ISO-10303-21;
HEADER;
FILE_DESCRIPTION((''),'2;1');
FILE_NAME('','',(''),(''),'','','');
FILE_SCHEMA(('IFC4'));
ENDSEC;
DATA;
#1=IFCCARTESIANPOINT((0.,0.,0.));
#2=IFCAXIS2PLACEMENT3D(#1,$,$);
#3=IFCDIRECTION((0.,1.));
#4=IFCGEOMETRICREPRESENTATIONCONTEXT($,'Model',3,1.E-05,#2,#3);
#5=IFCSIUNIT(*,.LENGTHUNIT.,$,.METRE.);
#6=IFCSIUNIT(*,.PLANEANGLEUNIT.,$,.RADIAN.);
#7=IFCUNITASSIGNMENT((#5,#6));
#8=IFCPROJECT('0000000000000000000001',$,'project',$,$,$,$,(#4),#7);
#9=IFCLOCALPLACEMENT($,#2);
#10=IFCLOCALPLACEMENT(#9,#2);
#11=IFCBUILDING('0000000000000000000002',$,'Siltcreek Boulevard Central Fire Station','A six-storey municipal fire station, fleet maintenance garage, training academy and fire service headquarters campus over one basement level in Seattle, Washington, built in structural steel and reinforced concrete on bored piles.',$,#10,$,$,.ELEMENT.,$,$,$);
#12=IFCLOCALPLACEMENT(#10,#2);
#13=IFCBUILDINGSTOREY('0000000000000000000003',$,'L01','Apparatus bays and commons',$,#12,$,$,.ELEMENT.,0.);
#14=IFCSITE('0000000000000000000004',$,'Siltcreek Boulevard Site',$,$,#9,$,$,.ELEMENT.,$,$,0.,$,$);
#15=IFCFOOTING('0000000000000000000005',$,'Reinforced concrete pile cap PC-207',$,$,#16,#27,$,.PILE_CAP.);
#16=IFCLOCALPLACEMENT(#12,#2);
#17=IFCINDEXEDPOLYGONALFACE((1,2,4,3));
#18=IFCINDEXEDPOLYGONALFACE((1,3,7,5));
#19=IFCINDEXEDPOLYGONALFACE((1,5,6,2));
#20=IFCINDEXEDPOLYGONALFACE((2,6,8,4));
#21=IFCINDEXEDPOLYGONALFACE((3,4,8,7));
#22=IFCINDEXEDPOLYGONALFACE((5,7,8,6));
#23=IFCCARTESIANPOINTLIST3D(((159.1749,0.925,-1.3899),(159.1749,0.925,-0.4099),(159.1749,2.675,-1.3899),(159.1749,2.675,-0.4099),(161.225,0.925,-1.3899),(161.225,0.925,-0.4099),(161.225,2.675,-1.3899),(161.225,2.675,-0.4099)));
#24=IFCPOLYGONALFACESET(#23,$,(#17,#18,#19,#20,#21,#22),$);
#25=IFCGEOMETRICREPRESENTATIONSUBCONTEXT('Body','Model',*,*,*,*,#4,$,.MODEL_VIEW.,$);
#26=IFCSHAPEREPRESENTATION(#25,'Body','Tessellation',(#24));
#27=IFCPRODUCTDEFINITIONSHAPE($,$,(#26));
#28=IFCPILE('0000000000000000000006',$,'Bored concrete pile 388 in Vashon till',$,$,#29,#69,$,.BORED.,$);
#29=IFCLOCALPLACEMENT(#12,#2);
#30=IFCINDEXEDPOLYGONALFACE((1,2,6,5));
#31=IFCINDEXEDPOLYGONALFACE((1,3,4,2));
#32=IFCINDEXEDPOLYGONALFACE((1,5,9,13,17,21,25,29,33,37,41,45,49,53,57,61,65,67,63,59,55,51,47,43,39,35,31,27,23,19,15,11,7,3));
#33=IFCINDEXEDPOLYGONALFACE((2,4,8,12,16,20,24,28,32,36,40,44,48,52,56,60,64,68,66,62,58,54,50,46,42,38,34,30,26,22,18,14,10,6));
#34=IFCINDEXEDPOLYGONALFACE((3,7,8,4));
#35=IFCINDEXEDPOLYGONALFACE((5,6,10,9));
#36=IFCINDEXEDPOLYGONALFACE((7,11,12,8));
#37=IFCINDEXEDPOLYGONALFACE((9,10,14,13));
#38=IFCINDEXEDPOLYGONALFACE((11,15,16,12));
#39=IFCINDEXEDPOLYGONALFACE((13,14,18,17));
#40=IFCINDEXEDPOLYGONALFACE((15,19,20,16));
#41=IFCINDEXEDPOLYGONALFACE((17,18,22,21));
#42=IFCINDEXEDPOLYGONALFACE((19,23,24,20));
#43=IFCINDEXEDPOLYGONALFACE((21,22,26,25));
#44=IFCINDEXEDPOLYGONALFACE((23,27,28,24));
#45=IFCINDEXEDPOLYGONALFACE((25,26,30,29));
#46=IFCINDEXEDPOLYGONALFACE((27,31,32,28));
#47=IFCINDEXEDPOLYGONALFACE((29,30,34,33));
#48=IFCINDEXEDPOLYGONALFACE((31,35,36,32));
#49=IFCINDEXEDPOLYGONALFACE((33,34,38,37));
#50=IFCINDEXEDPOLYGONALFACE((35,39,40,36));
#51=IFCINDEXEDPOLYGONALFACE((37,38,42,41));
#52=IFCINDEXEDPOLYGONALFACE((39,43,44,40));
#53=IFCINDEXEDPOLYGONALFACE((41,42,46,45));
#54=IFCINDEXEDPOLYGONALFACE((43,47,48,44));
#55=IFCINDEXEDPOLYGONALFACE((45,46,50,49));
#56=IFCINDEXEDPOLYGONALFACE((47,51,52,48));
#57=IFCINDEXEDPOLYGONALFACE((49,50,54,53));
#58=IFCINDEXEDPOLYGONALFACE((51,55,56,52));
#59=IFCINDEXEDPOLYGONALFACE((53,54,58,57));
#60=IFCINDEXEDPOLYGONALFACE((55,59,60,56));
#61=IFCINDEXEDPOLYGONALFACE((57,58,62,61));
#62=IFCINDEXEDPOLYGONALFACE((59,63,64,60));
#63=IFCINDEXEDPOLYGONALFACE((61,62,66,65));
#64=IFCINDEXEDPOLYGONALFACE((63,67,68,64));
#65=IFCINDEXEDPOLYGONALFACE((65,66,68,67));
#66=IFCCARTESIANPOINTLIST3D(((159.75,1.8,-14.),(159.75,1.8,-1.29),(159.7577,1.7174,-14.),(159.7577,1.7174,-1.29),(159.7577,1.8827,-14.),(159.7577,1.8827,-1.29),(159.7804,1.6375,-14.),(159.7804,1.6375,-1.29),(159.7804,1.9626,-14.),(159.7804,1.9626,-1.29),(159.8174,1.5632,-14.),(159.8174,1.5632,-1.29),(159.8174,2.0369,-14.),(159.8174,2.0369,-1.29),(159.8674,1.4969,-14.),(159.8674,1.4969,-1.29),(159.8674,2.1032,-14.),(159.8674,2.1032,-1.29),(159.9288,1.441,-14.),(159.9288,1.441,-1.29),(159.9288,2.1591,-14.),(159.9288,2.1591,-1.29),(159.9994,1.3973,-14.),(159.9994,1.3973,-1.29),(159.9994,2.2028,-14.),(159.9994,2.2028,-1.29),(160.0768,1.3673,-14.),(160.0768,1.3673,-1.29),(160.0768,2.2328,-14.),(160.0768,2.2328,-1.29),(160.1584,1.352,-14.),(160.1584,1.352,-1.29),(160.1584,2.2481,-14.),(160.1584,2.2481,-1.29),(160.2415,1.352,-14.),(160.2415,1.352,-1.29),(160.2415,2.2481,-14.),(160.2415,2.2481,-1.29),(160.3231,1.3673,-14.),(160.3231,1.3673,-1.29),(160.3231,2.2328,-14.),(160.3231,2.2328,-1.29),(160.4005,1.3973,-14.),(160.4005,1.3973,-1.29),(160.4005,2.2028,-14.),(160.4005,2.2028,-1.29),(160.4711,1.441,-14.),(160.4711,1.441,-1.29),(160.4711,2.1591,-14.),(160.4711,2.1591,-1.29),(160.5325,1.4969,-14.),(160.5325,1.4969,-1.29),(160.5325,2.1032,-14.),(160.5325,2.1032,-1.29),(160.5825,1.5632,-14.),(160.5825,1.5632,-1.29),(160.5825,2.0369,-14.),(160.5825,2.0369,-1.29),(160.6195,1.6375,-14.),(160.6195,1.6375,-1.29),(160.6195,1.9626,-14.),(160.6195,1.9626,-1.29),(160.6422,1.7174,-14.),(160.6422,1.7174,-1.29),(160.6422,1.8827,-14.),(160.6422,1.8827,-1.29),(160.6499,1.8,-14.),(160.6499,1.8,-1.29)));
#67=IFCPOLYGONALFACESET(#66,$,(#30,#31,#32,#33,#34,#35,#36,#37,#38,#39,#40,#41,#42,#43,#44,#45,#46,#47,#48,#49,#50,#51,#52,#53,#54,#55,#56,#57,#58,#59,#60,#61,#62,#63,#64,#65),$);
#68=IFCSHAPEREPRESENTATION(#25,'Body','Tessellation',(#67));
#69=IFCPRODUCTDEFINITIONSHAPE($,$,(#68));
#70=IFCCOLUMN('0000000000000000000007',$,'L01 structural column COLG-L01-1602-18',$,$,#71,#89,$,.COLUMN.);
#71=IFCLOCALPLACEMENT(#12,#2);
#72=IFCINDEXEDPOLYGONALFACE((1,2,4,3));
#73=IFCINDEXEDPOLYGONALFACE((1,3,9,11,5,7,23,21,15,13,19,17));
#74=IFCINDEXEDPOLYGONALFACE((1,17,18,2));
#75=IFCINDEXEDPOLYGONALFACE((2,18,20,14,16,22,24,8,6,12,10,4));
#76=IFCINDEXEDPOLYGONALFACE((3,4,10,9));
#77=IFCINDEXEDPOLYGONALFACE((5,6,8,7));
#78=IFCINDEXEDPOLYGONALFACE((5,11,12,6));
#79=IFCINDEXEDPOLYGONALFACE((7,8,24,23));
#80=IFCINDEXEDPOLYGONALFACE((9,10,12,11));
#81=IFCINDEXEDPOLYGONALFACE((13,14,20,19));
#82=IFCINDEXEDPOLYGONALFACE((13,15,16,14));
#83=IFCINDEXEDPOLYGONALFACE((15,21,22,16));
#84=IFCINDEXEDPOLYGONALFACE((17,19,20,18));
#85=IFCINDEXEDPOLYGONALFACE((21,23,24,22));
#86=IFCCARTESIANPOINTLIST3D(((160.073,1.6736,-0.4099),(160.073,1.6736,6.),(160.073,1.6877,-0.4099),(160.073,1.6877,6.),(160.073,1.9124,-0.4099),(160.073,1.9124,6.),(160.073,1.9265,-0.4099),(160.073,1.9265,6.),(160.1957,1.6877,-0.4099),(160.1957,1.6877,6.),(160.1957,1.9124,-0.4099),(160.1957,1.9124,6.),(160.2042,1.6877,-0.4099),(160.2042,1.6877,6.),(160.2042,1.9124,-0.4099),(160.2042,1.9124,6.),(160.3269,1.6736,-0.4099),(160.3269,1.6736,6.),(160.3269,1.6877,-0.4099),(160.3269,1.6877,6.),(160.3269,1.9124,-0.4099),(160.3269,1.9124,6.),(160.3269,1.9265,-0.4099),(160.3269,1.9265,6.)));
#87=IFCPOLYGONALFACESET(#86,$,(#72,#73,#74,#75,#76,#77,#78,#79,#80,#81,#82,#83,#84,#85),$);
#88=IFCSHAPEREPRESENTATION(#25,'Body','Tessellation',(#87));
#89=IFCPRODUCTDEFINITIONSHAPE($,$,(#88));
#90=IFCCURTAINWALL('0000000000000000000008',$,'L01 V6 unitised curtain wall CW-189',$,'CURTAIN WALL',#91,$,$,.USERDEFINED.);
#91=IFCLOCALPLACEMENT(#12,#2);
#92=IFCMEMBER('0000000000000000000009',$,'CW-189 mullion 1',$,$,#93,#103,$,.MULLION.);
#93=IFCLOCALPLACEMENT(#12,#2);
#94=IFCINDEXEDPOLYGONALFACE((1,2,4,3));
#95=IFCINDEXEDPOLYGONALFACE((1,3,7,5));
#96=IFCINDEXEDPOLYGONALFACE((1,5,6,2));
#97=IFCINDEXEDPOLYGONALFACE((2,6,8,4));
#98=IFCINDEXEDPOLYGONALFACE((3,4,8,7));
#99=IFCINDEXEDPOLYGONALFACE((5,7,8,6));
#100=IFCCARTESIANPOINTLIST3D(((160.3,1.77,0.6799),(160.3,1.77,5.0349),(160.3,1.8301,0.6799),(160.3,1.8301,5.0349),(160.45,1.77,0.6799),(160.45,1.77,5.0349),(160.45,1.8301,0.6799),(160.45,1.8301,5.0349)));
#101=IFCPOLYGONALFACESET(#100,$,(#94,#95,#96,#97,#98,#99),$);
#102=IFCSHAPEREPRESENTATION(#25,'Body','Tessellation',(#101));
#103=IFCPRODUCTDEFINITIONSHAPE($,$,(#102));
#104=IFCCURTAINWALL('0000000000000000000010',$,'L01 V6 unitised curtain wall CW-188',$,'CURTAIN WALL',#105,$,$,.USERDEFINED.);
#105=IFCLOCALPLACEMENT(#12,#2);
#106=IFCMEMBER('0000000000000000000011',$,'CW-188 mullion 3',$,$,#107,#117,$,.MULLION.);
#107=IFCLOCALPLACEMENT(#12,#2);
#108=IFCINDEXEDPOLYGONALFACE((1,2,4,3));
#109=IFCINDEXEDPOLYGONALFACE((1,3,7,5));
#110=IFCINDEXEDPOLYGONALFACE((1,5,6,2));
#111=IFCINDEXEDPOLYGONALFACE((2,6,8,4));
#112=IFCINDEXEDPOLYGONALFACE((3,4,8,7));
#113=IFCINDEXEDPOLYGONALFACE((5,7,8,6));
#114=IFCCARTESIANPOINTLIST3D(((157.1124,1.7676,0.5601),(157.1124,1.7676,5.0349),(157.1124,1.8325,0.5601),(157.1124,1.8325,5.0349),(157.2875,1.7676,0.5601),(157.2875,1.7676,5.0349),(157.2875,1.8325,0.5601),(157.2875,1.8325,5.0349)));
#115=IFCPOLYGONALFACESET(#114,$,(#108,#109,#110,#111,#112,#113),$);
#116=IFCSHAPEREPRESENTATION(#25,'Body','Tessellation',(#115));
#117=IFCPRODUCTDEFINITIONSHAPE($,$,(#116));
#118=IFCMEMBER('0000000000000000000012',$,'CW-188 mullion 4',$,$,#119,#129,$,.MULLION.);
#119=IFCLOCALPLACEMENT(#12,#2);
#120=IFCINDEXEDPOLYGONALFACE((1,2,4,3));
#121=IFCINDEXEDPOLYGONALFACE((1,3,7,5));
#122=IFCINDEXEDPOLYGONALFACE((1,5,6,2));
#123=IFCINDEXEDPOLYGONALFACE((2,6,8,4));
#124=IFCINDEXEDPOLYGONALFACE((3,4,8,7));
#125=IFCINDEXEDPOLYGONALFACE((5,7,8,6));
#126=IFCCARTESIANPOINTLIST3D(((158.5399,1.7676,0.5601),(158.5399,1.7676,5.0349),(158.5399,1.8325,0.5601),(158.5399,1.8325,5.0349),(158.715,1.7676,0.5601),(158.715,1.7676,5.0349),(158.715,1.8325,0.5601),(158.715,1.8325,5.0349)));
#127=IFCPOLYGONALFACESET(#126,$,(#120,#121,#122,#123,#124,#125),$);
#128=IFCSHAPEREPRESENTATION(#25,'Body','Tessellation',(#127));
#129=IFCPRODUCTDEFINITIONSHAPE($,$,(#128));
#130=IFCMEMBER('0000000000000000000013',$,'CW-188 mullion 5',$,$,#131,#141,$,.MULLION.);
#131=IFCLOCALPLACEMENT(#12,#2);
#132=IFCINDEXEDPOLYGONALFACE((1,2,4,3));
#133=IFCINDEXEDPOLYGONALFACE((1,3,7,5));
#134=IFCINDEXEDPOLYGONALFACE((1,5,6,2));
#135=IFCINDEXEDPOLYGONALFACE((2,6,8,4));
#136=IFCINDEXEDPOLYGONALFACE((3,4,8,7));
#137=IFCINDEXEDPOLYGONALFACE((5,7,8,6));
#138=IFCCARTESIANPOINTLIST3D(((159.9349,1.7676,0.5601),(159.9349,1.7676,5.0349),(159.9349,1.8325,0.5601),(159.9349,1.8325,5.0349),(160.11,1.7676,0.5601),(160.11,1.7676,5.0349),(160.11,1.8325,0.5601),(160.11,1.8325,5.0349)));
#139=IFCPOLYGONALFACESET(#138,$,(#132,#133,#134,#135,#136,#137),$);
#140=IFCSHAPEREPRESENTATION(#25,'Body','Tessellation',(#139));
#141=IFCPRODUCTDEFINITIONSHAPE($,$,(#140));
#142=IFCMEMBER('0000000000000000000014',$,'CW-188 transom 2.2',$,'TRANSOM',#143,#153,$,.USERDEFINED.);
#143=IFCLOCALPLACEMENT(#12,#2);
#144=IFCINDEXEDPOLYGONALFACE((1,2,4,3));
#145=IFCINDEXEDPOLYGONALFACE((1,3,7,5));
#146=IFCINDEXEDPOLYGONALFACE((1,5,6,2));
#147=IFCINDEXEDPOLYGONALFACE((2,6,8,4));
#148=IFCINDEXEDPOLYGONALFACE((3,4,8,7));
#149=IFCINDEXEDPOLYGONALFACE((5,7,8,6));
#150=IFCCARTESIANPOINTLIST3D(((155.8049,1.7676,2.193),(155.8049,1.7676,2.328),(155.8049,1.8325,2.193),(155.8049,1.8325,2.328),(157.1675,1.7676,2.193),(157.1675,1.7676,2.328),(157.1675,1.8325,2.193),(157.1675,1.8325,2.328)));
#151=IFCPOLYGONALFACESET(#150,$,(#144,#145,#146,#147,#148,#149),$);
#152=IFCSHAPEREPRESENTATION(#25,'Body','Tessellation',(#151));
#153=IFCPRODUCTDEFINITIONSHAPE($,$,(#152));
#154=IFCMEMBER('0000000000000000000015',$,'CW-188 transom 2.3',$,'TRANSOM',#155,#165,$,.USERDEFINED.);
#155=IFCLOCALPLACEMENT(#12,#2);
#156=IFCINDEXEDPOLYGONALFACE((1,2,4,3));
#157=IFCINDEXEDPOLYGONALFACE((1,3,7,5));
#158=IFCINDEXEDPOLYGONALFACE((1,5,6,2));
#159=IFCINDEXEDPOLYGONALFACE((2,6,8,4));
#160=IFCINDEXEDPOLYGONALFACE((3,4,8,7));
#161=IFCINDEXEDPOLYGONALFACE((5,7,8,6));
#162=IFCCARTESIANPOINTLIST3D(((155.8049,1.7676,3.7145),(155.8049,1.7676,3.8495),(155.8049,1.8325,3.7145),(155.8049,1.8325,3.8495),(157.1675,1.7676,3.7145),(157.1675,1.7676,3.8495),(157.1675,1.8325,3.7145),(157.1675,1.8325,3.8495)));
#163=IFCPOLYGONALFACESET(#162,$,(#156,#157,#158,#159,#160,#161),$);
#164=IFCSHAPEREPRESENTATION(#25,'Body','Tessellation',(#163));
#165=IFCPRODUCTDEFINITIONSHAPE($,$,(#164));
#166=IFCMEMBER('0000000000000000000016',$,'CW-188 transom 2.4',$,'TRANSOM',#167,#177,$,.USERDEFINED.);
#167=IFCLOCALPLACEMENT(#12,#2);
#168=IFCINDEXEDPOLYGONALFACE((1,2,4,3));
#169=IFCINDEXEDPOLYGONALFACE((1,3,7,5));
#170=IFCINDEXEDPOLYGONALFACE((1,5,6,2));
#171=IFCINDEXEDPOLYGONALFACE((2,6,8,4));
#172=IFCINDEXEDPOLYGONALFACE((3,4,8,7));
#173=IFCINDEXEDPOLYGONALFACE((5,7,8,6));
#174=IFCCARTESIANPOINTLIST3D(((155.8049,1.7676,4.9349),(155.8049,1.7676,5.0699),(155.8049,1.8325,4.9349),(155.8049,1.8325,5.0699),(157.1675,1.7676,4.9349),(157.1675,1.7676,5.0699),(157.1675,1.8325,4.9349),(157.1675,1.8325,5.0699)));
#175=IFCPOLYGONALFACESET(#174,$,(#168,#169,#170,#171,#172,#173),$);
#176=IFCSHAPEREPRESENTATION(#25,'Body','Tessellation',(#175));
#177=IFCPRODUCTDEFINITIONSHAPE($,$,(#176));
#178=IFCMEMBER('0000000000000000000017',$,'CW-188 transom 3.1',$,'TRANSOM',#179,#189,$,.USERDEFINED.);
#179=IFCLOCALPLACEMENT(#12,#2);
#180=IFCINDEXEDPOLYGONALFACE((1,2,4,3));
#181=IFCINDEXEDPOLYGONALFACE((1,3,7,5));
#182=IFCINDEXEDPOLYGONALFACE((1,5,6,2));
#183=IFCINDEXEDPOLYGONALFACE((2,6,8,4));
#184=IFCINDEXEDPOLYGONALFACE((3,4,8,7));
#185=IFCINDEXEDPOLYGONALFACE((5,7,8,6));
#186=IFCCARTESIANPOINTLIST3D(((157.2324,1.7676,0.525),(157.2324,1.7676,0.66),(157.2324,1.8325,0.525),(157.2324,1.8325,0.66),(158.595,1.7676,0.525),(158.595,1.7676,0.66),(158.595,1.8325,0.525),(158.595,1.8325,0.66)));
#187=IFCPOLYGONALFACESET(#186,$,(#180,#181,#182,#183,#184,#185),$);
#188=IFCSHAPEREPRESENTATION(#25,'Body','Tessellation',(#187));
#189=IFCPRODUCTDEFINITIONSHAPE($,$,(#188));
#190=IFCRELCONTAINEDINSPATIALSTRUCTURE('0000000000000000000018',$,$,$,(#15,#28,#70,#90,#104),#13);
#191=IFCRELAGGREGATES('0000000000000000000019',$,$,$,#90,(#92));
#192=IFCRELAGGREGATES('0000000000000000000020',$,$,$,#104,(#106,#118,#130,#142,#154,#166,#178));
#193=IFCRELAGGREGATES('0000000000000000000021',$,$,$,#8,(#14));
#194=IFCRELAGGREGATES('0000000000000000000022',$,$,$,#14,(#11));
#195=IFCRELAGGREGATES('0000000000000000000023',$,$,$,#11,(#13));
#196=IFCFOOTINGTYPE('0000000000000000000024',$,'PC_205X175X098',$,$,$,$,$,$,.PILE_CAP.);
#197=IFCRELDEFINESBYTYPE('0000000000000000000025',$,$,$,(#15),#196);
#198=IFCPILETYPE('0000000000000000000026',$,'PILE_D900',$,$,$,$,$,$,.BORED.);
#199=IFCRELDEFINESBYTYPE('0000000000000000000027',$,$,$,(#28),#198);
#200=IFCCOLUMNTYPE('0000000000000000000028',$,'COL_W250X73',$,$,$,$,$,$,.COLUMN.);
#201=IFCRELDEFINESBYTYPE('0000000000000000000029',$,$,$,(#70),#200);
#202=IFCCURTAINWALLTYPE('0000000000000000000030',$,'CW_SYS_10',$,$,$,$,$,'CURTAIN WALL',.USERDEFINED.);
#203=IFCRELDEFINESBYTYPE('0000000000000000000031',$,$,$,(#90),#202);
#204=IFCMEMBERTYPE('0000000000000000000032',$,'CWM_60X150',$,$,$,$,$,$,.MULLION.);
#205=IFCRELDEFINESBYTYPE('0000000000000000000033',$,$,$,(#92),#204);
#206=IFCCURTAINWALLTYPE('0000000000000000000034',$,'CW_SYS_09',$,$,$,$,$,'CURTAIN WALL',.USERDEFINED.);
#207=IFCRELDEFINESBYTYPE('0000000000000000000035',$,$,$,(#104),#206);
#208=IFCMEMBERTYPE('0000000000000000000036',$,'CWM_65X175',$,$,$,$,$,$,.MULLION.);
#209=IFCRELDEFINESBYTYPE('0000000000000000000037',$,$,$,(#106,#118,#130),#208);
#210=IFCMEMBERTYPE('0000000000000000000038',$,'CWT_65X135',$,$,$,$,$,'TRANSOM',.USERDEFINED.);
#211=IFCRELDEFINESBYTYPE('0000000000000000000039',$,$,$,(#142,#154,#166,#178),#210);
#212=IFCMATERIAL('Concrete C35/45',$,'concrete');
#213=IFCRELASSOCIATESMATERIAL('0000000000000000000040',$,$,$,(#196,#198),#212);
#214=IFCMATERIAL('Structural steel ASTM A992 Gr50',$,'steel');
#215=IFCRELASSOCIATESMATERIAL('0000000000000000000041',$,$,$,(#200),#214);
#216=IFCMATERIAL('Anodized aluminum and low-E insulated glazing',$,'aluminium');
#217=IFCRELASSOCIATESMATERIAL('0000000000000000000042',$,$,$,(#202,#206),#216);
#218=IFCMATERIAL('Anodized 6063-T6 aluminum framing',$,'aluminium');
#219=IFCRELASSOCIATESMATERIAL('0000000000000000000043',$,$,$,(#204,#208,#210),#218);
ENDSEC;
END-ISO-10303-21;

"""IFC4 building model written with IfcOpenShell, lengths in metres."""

from ifc_helpers import new_model, si_unit, direction, frame, origin, origin_2d, place, context, subcontext, project, spatial, rectangle, circle, i_section, extrude, material, material_profile, profile_set, type_object, element, aggregate, save


model = new_model("IFC4")

# Units and contexts
model_context = context("Model", 3, precision=1e-05, world=origin(), true_north=direction((0.0, 1.0)))
body_context = subcontext(model_context, "Body", "Model", "MODEL_VIEW")
ifc_project = project(units=[si_unit("LENGTHUNIT", "METRE"), si_unit("PLANEANGLEUNIT", "RADIAN")], contexts=[model_context])

# Site, building, storey
site_placement = place(None, origin())
site = spatial("IfcSite", under=ifc_project, at=site_placement, Name="Siltcreek Boulevard Site", CompositionType="ELEMENT", RefElevation=0.0)
building_placement = place(site_placement, origin())
building = spatial("IfcBuilding", under=site, at=building_placement, Name="Siltcreek Boulevard Central Fire Station", Description="A six-storey municipal fire station, fleet maintenance garage, training academy and fire service headquarters campus over one basement level in Seattle, Washington, built in structural steel and reinforced concrete on bored piles.", CompositionType="ELEMENT")
storey_placement = place(building_placement, origin())
storey = spatial("IfcBuildingStorey", under=building, at=storey_placement, Name="L01", Description="Apparatus bays and commons", CompositionType="ELEMENT", Elevation=0.0)

# Footing
ifc_material_1 = material(Name="Concrete C35/45", Category="concrete")
footing_type = type_object("IfcFootingType", Name="PC_205X175X098", PredefinedType="PILE_CAP", material=ifc_material_1)
footing_placement = place(storey_placement, frame((160.2, 1.8, -1.3899), z_axis=(0.0, 0.0, 1.0), x_axis=(1.0, 0.0, 0.0)))
element("IfcFooting", 1, at=footing_placement, inside=storey, type_object=footing_type, Name="Reinforced concrete pile cap PC-207", PredefinedType="PILE_CAP", context=body_context, shape_type="SweptSolid", body=[
    extrude(rectangle(XDim=2.05, YDim=1.75, at=origin_2d()), origin(), (0.0, 0.0, 1.0), 0.98),
])

# Pile
ifc_material_profile_1 = material_profile(ifc_material_1, circle(Radius=0.45, at=origin_2d()), Name="SHAFT900")
ifc_profile_set_1 = profile_set([ifc_material_profile_1], Name="Concrete C35/45")
pile_type = type_object("IfcPileType", Name="PILE_D900", PredefinedType="BORED", material=ifc_profile_set_1)
pile_placement = place(storey_placement, frame((160.2, 1.8, -1.29), z_axis=(0.0, 0.0, -1.0), x_axis=(1.0, 0.0, 0.0)))
element("IfcPile", 2, at=pile_placement, inside=storey, type_object=pile_type, Name="Bored concrete pile 388 in Vashon till", PredefinedType="BORED", context=body_context, shape_type="SweptSolid", body=[
    extrude(circle(Radius=0.45, at=origin_2d()), origin(), (0.0, 0.0, 1.0), 12.71),
])

# Column
ifc_material_2 = material(Name="Structural steel ASTM A992 Gr50", Category="steel")
ifc_material_profile_2 = material_profile(ifc_material_2, i_section(OverallWidth=0.2539, OverallDepth=0.2529, WebThickness=0.0085, FlangeThickness=0.0142, at=origin_2d()), Name="W250X73")
ifc_profile_set_2 = profile_set([ifc_material_profile_2], Name="Structural steel ASTM A992 Gr50")
column_type = type_object("IfcColumnType", Name="COL_W250X73", PredefinedType="COLUMN", material=ifc_profile_set_2)
column_placement = place(storey_placement, frame((160.2, 1.8, -0.4099), z_axis=(0.0, 0.0, 1.0), x_axis=(1.0, 0.0, 0.0)))
element("IfcColumn", 3, at=column_placement, inside=storey, type_object=column_type, Name="L01 structural column COLG-L01-1602-18", PredefinedType="COLUMN", context=body_context, shape_type="SweptSolid", body=[
    extrude(i_section(OverallWidth=0.2539, OverallDepth=0.2529, WebThickness=0.0085, FlangeThickness=0.0142, at=origin_2d()), origin(), (0.0, 0.0, 1.0), 6.4099),
])

# Curtain wall, member
ifc_material_3 = material(Name="Anodized aluminum and low-E insulated glazing", Category="aluminium")
curtain_wall_type_1 = type_object("IfcCurtainWallType", Name="CW_SYS_10", ElementType="CURTAIN WALL", PredefinedType="USERDEFINED", material=ifc_material_3)
curtain_wall_1_placement = place(storey_placement, origin())
curtain_wall_1 = element("IfcCurtainWall", 4, at=curtain_wall_1_placement, inside=storey, type_object=curtain_wall_type_1, Name="L01 V6 unitised curtain wall CW-189", ObjectType="CURTAIN WALL", PredefinedType="USERDEFINED")
ifc_material_4 = material(Name="Anodized 6063-T6 aluminum framing", Category="aluminium")
ifc_material_profile_3 = material_profile(ifc_material_4, rectangle(XDim=0.0601, YDim=0.1499, at=origin_2d()), Name="MULL60X150")
ifc_profile_set_3 = profile_set([ifc_material_profile_3], Name="Anodized 6063-T6 aluminum framing")
member_type_1 = type_object("IfcMemberType", Name="CWM_60X150", PredefinedType="MULLION", material=ifc_profile_set_3)
member_1_placement = place(storey_placement, frame((160.375, 1.8, 0.6799), z_axis=(0.0, 0.0, 1.0), x_axis=(0.0, 1.0, 0.0)))
member_1 = element("IfcMember", 5, at=member_1_placement, type_object=member_type_1, Name="CW-189 mullion 1", PredefinedType="MULLION", context=body_context, shape_type="SweptSolid", body=[
    extrude(rectangle(XDim=0.0601, YDim=0.1499, at=origin_2d()), origin(), (0.0, 0.0, 1.0), 4.355),
])
aggregate(curtain_wall_1, [member_1])

# Curtain wall, members
curtain_wall_type_2 = type_object("IfcCurtainWallType", Name="CW_SYS_09", ElementType="CURTAIN WALL", PredefinedType="USERDEFINED", material=ifc_material_3)
curtain_wall_2_placement = place(storey_placement, origin())
curtain_wall_2 = element("IfcCurtainWall", 6, at=curtain_wall_2_placement, inside=storey, type_object=curtain_wall_type_2, Name="L01 V6 unitised curtain wall CW-188", ObjectType="CURTAIN WALL", PredefinedType="USERDEFINED")
ifc_material_profile_4 = material_profile(ifc_material_4, rectangle(XDim=0.0649, YDim=0.175, at=origin_2d()), Name="MULL65X175")
ifc_profile_set_4 = profile_set([ifc_material_profile_4], Name="Anodized 6063-T6 aluminum framing")
member_type_2 = type_object("IfcMemberType", Name="CWM_65X175", PredefinedType="MULLION", material=ifc_profile_set_4)
member_2_placement = place(storey_placement, frame((157.2, 1.8, 0.5601), z_axis=(0.0, 0.0, 1.0), x_axis=(0.0, 1.0, 0.0)))
member_2 = element("IfcMember", 7, at=member_2_placement, type_object=member_type_2, Name="CW-188 mullion 3", PredefinedType="MULLION", context=body_context, shape_type="SweptSolid", body=[
    extrude(rectangle(XDim=0.0649, YDim=0.175, at=origin_2d()), origin(), (0.0, 0.0, 1.0), 4.4749),
])
member_3_placement = place(storey_placement, frame((158.6274, 1.8, 0.5601), z_axis=(0.0, 0.0, 1.0), x_axis=(0.0, 1.0, 0.0)))
member_3 = element("IfcMember", 8, at=member_3_placement, type_object=member_type_2, Name="CW-188 mullion 4", PredefinedType="MULLION", context=body_context, shape_type="SweptSolid", body=[
    extrude(rectangle(XDim=0.0649, YDim=0.175, at=origin_2d()), origin(), (0.0, 0.0, 1.0), 4.4749),
])
member_4_placement = place(storey_placement, frame((160.0225, 1.8, 0.5601), z_axis=(0.0, 0.0, 1.0), x_axis=(0.0, 1.0, 0.0)))
member_4 = element("IfcMember", 9, at=member_4_placement, type_object=member_type_2, Name="CW-188 mullion 5", PredefinedType="MULLION", context=body_context, shape_type="SweptSolid", body=[
    extrude(rectangle(XDim=0.0649, YDim=0.175, at=origin_2d()), origin(), (0.0, 0.0, 1.0), 4.4749),
])
ifc_material_profile_5 = material_profile(ifc_material_4, rectangle(XDim=0.0649, YDim=0.135, at=origin_2d()), Name="TRAN65X135")
ifc_profile_set_5 = profile_set([ifc_material_profile_5], Name="Anodized 6063-T6 aluminum framing")
member_type_3 = type_object("IfcMemberType", Name="CWT_65X135", ElementType="TRANSOM", PredefinedType="USERDEFINED", material=ifc_profile_set_5)
member_5_placement = place(storey_placement, frame((155.8049, 1.8, 2.2605), z_axis=(1.0, 0.0, 0.0), x_axis=(0.0, 1.0, 0.0)))
member_5 = element("IfcMember", 10, at=member_5_placement, type_object=member_type_3, Name="CW-188 transom 2.2", ObjectType="TRANSOM", PredefinedType="USERDEFINED", context=body_context, shape_type="SweptSolid", body=[
    extrude(rectangle(XDim=0.0649, YDim=0.135, at=origin_2d()), origin(), (0.0, 0.0, 1.0), 1.3625),
])
member_6_placement = place(storey_placement, frame((155.8049, 1.8, 3.782), z_axis=(1.0, 0.0, 0.0), x_axis=(0.0, 1.0, 0.0)))
member_6 = element("IfcMember", 11, at=member_6_placement, type_object=member_type_3, Name="CW-188 transom 2.3", ObjectType="TRANSOM", PredefinedType="USERDEFINED", context=body_context, shape_type="SweptSolid", body=[
    extrude(rectangle(XDim=0.0649, YDim=0.135, at=origin_2d()), origin(), (0.0, 0.0, 1.0), 1.3625),
])
member_7_placement = place(storey_placement, frame((155.8049, 1.8, 5.0024), z_axis=(1.0, 0.0, 0.0), x_axis=(0.0, 1.0, 0.0)))
member_7 = element("IfcMember", 12, at=member_7_placement, type_object=member_type_3, Name="CW-188 transom 2.4", ObjectType="TRANSOM", PredefinedType="USERDEFINED", context=body_context, shape_type="SweptSolid", body=[
    extrude(rectangle(XDim=0.0649, YDim=0.135, at=origin_2d()), origin(), (0.0, 0.0, 1.0), 1.3625),
])
member_8_placement = place(storey_placement, frame((157.2324, 1.8, 0.5925), z_axis=(1.0, 0.0, 0.0), x_axis=(0.0, 1.0, 0.0)))
member_8 = element("IfcMember", 13, at=member_8_placement, type_object=member_type_3, Name="CW-188 transom 3.1", ObjectType="TRANSOM", PredefinedType="USERDEFINED", context=body_context, shape_type="SweptSolid", body=[
    extrude(rectangle(XDim=0.0649, YDim=0.135, at=origin_2d()), origin(), (0.0, 0.0, 1.0), 1.3625),
])

aggregate(curtain_wall_2, [member_2, member_3, member_4, member_5, member_6, member_7, member_8])

save(model, "model.ifc")
